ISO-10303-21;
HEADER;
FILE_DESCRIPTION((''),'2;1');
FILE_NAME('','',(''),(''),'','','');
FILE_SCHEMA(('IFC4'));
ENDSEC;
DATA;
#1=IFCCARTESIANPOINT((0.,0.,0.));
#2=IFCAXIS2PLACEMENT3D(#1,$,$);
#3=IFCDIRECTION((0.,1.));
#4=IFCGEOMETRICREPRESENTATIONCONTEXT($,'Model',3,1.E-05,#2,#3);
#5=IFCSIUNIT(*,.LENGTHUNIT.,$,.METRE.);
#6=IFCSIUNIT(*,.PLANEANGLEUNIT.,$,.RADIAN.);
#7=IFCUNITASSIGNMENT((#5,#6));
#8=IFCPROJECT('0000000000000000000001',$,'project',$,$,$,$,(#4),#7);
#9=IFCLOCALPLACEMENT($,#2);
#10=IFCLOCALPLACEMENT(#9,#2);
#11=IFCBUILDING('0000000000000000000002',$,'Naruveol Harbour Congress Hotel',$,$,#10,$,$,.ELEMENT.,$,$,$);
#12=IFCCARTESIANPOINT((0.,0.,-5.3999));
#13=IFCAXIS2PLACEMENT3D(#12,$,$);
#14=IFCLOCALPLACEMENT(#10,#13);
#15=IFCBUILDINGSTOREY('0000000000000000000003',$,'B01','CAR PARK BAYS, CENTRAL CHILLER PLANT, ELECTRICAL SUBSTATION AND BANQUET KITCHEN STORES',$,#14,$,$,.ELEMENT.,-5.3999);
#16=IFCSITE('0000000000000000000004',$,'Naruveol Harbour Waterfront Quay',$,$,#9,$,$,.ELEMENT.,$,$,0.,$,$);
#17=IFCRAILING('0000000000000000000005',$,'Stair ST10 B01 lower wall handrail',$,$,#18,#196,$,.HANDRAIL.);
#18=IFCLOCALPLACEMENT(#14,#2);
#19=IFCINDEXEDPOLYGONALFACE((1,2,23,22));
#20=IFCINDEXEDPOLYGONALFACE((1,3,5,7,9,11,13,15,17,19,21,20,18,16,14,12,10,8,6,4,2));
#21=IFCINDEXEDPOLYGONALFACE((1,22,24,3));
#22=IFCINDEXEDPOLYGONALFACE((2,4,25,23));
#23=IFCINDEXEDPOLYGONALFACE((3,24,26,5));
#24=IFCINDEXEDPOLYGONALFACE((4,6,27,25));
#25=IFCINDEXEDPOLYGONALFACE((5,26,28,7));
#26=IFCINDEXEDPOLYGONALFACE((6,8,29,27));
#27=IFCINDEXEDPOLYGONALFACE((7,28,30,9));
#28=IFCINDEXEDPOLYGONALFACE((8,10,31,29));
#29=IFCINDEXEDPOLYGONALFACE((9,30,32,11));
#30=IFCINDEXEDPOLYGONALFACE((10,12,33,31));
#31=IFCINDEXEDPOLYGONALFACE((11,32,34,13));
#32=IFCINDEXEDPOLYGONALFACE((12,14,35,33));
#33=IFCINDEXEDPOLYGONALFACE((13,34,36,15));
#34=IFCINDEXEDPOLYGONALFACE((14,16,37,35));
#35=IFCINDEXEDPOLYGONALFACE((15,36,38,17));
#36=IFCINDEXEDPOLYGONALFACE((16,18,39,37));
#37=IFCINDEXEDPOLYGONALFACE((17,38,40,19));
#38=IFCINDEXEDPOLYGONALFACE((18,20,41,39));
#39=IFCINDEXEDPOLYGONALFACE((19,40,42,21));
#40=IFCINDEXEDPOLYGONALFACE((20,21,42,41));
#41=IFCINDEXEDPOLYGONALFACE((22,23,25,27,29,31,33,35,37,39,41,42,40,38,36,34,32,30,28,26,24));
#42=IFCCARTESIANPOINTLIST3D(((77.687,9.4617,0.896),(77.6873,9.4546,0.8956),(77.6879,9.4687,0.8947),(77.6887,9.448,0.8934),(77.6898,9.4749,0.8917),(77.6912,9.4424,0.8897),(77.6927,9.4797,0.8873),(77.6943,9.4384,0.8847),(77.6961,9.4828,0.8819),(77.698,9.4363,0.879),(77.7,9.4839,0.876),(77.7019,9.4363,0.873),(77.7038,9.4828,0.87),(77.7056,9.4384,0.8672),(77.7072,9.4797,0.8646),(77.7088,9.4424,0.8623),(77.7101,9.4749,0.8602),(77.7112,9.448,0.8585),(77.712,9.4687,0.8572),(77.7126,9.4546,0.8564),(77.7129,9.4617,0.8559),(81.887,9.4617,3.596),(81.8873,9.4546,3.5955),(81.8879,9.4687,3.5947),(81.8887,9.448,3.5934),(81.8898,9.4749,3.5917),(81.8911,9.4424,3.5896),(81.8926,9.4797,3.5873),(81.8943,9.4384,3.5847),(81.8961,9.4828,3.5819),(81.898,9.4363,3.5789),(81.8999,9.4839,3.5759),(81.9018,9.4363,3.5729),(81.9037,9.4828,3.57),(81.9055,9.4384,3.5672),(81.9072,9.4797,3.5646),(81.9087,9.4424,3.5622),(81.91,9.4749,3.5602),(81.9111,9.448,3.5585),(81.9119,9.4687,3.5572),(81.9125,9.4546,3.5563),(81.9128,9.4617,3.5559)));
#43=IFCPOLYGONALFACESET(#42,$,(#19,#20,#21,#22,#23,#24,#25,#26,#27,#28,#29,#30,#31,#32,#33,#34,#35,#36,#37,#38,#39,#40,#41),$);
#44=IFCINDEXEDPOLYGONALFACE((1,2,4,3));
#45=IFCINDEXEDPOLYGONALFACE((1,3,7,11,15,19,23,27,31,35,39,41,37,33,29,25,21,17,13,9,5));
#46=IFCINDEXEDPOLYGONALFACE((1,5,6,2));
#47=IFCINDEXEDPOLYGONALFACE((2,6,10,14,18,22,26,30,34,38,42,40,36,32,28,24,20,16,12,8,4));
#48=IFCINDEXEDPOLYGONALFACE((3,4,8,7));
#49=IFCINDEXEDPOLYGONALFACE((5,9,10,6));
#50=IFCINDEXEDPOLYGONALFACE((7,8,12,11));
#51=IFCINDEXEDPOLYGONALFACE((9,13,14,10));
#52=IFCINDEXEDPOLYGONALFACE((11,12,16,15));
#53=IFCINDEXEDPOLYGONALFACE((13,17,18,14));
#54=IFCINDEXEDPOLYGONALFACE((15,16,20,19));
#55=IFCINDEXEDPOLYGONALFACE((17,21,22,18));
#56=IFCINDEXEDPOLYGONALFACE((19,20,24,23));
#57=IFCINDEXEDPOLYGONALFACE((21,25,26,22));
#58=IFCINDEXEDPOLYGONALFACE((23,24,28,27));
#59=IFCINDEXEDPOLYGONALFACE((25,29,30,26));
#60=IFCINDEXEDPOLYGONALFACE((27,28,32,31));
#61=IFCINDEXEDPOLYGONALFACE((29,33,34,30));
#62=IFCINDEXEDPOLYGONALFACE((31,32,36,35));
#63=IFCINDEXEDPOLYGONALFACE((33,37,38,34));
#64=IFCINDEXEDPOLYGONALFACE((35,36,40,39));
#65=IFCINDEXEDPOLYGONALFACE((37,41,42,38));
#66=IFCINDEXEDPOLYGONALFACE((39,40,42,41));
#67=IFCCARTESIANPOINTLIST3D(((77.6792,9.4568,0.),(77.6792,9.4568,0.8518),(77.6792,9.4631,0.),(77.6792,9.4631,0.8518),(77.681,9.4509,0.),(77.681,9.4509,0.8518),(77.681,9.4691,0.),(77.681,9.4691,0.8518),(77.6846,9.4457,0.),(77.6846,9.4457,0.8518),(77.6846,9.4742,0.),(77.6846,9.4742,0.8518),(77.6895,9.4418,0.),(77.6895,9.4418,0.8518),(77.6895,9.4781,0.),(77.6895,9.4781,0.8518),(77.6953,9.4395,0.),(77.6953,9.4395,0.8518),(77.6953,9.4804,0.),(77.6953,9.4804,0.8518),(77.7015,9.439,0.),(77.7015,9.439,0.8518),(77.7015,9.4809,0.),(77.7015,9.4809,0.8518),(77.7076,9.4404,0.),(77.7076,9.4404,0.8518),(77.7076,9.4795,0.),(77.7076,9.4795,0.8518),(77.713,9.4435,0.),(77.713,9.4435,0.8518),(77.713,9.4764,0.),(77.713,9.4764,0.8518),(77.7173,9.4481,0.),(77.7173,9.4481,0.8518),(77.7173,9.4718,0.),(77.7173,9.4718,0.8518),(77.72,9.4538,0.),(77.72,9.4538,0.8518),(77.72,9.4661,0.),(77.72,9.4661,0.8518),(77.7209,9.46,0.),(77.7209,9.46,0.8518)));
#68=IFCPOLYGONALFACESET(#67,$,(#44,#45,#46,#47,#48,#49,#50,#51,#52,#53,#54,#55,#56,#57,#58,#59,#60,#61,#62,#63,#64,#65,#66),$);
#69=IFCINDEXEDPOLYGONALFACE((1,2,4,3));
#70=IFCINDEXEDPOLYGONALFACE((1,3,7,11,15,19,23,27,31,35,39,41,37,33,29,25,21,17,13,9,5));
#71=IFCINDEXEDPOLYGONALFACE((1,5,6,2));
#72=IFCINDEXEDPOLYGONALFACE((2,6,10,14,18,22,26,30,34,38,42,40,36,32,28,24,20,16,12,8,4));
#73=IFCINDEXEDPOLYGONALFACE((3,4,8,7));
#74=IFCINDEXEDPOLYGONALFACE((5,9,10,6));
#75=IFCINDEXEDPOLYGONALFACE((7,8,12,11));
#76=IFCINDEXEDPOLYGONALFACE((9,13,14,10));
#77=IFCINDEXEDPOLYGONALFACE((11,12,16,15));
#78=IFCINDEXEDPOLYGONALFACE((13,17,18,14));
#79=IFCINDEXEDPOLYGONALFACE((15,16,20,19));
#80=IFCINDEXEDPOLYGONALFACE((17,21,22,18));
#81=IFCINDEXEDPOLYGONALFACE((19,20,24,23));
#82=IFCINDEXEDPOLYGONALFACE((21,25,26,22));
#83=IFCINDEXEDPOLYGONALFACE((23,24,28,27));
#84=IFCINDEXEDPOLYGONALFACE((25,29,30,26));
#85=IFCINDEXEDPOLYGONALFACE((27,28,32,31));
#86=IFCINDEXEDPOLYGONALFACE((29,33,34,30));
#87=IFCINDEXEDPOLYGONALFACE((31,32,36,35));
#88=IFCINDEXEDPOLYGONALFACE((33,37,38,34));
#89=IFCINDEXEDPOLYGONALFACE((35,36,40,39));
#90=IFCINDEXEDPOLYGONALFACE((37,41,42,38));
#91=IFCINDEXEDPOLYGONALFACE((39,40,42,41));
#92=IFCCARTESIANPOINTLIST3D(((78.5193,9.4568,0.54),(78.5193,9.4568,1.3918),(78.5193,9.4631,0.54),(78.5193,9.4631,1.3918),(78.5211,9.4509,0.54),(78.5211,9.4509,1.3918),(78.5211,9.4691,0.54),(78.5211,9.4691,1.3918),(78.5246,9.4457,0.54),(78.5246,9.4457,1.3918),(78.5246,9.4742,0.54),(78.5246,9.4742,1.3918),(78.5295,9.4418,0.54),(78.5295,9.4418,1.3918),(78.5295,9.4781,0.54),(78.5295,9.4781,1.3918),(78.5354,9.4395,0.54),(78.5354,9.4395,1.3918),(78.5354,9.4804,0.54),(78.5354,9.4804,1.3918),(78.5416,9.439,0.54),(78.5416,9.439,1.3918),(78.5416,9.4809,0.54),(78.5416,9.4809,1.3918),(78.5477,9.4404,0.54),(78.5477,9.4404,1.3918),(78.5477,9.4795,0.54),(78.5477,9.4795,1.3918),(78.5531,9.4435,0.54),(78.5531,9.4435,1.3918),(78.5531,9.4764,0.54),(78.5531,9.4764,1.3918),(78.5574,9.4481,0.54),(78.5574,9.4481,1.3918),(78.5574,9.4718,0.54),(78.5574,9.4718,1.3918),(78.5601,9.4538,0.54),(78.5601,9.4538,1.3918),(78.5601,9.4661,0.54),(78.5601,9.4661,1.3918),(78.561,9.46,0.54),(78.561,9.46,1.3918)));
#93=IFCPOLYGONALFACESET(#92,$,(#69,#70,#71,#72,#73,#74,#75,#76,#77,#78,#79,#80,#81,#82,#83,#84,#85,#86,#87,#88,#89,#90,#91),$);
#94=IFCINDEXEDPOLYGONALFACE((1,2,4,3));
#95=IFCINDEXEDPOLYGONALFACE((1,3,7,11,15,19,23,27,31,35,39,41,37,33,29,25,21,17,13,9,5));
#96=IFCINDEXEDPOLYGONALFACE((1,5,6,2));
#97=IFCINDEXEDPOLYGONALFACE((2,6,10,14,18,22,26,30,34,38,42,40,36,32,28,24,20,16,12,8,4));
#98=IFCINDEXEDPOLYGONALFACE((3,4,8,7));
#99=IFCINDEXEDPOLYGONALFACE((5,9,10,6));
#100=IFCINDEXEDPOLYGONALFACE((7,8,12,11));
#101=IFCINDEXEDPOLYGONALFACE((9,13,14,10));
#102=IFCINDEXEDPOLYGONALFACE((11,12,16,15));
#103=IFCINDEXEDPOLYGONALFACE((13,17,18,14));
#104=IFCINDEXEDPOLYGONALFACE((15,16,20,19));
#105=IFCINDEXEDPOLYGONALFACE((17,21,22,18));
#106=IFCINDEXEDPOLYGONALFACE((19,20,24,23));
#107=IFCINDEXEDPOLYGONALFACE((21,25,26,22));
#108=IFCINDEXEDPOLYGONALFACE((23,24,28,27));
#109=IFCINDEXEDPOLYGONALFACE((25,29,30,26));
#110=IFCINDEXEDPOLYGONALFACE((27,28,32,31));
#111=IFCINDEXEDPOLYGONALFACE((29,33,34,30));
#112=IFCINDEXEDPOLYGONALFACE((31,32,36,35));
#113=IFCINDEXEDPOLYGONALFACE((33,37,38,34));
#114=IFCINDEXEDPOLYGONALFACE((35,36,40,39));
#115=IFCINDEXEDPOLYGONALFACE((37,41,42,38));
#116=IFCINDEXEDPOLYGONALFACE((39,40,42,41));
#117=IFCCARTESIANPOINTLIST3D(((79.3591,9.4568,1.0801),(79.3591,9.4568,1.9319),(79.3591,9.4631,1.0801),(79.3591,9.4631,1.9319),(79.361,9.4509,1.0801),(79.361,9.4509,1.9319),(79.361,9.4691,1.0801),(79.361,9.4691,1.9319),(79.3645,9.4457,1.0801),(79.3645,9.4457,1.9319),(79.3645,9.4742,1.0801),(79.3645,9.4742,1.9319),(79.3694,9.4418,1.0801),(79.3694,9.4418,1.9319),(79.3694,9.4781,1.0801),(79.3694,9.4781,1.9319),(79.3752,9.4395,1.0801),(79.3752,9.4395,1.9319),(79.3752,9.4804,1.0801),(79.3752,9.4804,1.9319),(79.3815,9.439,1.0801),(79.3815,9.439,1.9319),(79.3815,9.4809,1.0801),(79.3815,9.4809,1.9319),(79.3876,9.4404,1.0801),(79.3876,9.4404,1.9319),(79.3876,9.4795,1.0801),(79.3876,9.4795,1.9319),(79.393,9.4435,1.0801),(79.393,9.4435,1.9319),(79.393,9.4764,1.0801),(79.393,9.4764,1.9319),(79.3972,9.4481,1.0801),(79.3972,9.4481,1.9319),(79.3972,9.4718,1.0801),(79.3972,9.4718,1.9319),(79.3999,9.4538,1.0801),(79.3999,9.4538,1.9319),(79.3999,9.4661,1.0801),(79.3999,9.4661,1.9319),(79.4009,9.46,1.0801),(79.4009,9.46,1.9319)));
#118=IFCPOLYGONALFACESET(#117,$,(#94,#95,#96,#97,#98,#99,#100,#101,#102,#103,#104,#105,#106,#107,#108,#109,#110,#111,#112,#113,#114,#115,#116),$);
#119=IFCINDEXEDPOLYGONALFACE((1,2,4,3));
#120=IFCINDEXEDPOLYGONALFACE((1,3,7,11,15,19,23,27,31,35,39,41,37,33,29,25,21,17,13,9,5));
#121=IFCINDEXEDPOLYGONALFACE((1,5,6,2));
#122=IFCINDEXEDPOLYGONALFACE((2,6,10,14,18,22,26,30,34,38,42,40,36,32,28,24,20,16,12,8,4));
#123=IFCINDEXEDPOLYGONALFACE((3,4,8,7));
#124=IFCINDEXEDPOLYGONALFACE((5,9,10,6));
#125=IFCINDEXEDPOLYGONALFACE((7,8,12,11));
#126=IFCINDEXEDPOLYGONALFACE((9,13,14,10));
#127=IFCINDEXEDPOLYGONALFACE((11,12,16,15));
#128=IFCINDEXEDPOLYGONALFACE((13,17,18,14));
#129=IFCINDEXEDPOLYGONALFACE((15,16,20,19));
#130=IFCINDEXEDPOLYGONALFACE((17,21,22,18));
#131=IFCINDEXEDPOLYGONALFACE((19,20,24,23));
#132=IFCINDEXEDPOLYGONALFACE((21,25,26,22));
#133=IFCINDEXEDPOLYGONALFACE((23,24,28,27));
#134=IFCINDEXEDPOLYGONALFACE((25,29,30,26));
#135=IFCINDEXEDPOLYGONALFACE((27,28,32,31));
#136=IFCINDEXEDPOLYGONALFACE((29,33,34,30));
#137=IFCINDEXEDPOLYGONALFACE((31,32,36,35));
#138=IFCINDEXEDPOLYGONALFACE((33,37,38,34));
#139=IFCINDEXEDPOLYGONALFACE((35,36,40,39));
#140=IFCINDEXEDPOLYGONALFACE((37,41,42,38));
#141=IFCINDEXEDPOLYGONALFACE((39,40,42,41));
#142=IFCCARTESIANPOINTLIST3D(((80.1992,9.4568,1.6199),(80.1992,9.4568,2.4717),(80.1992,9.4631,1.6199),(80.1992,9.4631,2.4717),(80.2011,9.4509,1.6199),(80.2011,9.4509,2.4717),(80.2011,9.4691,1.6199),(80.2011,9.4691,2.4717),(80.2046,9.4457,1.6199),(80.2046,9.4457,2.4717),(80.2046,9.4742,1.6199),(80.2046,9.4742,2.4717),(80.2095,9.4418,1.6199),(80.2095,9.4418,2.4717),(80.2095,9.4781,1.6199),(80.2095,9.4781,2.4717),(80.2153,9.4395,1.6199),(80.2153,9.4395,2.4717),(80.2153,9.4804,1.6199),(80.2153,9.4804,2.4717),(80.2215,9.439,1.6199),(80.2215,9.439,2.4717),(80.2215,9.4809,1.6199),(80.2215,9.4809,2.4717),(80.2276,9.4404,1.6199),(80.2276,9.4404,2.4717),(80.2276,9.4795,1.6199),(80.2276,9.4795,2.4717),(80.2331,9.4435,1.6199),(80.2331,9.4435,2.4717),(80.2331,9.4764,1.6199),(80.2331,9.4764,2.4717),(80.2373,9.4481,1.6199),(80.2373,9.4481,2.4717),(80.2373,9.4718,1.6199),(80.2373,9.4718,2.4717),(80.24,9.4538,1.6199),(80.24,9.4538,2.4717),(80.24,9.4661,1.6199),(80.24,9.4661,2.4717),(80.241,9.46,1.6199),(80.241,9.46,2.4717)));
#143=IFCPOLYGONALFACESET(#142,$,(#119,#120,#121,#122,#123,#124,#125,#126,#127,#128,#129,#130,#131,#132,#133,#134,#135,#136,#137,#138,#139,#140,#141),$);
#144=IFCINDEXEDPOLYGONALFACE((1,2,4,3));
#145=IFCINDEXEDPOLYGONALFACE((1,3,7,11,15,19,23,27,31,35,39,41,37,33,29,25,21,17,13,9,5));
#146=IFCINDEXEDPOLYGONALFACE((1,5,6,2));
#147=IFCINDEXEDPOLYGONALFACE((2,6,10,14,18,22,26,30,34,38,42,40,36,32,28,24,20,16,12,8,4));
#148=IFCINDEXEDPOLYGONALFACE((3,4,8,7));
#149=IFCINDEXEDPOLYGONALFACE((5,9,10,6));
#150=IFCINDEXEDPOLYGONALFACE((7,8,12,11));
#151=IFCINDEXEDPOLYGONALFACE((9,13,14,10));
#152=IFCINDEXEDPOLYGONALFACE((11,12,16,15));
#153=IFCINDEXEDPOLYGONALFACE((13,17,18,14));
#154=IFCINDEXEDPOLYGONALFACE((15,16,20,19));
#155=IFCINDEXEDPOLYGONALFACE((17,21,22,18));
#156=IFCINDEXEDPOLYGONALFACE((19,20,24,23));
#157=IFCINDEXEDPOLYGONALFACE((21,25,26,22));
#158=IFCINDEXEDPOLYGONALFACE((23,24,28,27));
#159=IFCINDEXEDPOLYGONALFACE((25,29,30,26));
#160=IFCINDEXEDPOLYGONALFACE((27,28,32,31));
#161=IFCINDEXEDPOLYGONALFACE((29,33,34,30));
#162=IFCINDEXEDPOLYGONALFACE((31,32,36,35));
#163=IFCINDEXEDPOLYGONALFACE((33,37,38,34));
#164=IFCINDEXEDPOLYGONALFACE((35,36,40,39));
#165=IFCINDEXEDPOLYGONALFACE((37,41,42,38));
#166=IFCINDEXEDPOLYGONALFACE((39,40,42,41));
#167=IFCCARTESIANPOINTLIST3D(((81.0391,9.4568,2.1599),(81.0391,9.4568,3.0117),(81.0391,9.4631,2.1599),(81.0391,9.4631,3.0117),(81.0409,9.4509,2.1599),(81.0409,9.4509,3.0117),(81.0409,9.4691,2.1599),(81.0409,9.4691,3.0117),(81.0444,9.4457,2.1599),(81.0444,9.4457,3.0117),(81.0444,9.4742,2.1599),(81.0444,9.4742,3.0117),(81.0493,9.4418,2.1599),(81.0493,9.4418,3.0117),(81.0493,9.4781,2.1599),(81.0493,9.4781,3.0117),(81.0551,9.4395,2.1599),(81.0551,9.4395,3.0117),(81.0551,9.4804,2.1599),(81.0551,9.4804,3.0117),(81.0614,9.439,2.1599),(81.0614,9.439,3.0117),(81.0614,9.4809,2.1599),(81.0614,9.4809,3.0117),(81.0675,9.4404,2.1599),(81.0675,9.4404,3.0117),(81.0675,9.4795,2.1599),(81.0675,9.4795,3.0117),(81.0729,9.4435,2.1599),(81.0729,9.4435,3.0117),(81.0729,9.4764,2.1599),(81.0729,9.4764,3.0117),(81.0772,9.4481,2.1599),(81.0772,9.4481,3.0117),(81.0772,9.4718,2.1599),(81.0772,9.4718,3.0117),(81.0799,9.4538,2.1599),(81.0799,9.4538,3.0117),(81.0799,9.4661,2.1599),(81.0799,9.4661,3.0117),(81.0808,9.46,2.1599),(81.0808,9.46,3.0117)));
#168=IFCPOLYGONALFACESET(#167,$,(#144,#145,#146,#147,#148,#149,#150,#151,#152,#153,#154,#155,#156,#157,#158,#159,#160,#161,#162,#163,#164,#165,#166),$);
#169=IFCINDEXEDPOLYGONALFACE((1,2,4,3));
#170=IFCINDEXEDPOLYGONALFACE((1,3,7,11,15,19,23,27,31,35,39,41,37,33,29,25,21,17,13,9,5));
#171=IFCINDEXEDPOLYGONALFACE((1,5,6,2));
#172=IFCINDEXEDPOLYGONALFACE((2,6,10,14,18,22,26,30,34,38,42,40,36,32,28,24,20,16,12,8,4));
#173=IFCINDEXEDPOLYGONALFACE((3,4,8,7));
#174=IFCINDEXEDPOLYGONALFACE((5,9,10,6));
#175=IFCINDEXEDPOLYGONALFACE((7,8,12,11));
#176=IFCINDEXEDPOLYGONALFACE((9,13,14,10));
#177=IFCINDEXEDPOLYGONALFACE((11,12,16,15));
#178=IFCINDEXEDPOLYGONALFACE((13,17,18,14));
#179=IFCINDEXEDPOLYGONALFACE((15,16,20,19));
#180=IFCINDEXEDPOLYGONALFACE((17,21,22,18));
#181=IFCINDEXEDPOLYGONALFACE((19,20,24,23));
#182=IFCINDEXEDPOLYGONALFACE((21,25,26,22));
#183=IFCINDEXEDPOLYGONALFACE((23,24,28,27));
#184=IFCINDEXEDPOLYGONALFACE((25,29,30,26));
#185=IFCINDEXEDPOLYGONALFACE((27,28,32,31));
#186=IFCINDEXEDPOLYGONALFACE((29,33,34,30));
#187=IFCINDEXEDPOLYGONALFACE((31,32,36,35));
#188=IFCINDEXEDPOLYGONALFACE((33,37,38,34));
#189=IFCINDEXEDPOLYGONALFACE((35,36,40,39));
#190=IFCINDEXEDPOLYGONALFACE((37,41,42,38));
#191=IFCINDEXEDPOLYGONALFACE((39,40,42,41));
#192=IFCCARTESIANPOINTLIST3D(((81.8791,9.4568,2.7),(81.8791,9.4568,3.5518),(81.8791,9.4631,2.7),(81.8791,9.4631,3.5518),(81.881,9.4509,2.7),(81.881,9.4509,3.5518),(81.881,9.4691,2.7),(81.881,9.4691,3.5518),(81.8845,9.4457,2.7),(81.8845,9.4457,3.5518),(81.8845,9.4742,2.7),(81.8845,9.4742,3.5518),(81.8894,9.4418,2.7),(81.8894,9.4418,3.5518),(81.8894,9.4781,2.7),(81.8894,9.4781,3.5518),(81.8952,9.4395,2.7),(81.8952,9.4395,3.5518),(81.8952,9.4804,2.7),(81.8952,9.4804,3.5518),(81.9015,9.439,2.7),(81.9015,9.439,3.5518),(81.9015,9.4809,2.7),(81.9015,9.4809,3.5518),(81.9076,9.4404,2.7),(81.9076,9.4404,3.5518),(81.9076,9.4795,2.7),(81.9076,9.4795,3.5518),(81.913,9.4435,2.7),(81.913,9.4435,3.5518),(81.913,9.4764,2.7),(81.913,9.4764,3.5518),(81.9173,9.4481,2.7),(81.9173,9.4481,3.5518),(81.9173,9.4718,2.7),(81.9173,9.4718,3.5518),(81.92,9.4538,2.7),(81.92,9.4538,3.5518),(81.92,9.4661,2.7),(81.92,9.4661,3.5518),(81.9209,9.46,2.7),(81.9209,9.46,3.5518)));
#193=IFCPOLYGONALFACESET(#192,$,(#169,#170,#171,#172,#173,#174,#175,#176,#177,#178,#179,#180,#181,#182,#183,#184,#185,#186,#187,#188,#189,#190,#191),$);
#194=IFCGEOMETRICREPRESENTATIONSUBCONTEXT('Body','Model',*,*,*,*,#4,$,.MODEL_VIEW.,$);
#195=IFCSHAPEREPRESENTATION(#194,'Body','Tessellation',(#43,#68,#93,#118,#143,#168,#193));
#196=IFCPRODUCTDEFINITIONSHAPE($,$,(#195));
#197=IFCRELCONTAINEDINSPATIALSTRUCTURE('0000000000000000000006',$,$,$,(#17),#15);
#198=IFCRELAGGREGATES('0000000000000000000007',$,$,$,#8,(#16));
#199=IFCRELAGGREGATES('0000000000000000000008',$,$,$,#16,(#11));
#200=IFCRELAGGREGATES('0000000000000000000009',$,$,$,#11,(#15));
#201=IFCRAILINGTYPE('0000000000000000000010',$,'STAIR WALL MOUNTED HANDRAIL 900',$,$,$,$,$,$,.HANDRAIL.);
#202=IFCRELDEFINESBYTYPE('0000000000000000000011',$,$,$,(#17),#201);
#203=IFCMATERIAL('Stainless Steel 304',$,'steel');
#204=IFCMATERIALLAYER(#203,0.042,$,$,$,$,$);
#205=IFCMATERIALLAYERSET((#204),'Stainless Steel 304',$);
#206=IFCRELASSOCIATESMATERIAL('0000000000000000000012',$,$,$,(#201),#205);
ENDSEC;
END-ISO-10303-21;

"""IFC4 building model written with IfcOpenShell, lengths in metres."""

from ifc_helpers import new_model, si_unit, direction, frame, origin, origin_2d, place, context, subcontext, project, spatial, circle, extrude, material, layer, layer_set, type_object, element, save


model = new_model("IFC4")

# Units and contexts
model_context = context("Model", 3, precision=1e-05, world=origin(), true_north=direction((0.0, 1.0)))
body_context = subcontext(model_context, "Body", "Model", "MODEL_VIEW")
ifc_project = project(units=[si_unit("LENGTHUNIT", "METRE"), si_unit("PLANEANGLEUNIT", "RADIAN")], contexts=[model_context])

# Site, building, storey
site_placement = place(None, origin())
site = spatial("IfcSite", under=ifc_project, at=site_placement, Name="Naruveol Harbour Waterfront Quay", CompositionType="ELEMENT", RefElevation=0.0)
building_placement = place(site_placement, origin())
building = spatial("IfcBuilding", under=site, at=building_placement, Name="Naruveol Harbour Congress Hotel", CompositionType="ELEMENT")
storey_placement = place(building_placement, frame((0.0, 0.0, -5.3999)))
storey = spatial("IfcBuildingStorey", under=building, at=storey_placement, Name="B01", Description="CAR PARK BAYS, CENTRAL CHILLER PLANT, ELECTRICAL SUBSTATION AND BANQUET KITCHEN STORES", CompositionType="ELEMENT", Elevation=-5.3999)

# Railing
ifc_material_1 = material(Name="Stainless Steel 304", Category="steel")
ifc_layer_1 = layer(ifc_material_1, 0.042)
ifc_layer_set_1 = layer_set([ifc_layer_1], Name="Stainless Steel 304")
railing_type_1 = type_object("IfcRailingType", Name="STAIR WALL MOUNTED HANDRAIL 900", PredefinedType="HANDRAIL", material=ifc_layer_set_1)
railing_1_placement = place(storey_placement, frame((77.7, 9.46, 0.0)))
element("IfcRailing", 1, at=railing_1_placement, inside=storey, type_object=railing_type_1, Name="Stair ST10 B01 lower wall handrail", PredefinedType="HANDRAIL", context=body_context, shape_type="SweptSolid", body=[
    extrude(circle(Radius=0.0239, at=origin_2d()), frame((0.0, 0.0, 0.876), z_axis=(0.84118, 0.0, 0.540755), x_axis=(0.0, 1.0, 0.0)), (0.0, 0.0, 1.0), 4.9929),
    extrude(circle(Radius=0.021, at=origin_2d()), origin(), (0.0, 0.0, 1.0), 0.8518),
    extrude(circle(Radius=0.021, at=origin_2d()), frame((0.8401, 0.0, 0.54)), (0.0, 0.0, 1.0), 0.8518),
    extrude(circle(Radius=0.021, at=origin_2d()), frame((1.6799, 0.0, 1.0801)), (0.0, 0.0, 1.0), 0.8518),
    extrude(circle(Radius=0.021, at=origin_2d()), frame((2.52, 0.0, 1.6199)), (0.0, 0.0, 1.0), 0.8518),
    extrude(circle(Radius=0.021, at=origin_2d()), frame((3.3599, 0.0, 2.1599)), (0.0, 0.0, 1.0), 0.8518),
    extrude(circle(Radius=0.021, at=origin_2d()), frame((4.2, 0.0, 2.7)), (0.0, 0.0, 1.0), 0.8518),
])

save(model, "model.ifc")
